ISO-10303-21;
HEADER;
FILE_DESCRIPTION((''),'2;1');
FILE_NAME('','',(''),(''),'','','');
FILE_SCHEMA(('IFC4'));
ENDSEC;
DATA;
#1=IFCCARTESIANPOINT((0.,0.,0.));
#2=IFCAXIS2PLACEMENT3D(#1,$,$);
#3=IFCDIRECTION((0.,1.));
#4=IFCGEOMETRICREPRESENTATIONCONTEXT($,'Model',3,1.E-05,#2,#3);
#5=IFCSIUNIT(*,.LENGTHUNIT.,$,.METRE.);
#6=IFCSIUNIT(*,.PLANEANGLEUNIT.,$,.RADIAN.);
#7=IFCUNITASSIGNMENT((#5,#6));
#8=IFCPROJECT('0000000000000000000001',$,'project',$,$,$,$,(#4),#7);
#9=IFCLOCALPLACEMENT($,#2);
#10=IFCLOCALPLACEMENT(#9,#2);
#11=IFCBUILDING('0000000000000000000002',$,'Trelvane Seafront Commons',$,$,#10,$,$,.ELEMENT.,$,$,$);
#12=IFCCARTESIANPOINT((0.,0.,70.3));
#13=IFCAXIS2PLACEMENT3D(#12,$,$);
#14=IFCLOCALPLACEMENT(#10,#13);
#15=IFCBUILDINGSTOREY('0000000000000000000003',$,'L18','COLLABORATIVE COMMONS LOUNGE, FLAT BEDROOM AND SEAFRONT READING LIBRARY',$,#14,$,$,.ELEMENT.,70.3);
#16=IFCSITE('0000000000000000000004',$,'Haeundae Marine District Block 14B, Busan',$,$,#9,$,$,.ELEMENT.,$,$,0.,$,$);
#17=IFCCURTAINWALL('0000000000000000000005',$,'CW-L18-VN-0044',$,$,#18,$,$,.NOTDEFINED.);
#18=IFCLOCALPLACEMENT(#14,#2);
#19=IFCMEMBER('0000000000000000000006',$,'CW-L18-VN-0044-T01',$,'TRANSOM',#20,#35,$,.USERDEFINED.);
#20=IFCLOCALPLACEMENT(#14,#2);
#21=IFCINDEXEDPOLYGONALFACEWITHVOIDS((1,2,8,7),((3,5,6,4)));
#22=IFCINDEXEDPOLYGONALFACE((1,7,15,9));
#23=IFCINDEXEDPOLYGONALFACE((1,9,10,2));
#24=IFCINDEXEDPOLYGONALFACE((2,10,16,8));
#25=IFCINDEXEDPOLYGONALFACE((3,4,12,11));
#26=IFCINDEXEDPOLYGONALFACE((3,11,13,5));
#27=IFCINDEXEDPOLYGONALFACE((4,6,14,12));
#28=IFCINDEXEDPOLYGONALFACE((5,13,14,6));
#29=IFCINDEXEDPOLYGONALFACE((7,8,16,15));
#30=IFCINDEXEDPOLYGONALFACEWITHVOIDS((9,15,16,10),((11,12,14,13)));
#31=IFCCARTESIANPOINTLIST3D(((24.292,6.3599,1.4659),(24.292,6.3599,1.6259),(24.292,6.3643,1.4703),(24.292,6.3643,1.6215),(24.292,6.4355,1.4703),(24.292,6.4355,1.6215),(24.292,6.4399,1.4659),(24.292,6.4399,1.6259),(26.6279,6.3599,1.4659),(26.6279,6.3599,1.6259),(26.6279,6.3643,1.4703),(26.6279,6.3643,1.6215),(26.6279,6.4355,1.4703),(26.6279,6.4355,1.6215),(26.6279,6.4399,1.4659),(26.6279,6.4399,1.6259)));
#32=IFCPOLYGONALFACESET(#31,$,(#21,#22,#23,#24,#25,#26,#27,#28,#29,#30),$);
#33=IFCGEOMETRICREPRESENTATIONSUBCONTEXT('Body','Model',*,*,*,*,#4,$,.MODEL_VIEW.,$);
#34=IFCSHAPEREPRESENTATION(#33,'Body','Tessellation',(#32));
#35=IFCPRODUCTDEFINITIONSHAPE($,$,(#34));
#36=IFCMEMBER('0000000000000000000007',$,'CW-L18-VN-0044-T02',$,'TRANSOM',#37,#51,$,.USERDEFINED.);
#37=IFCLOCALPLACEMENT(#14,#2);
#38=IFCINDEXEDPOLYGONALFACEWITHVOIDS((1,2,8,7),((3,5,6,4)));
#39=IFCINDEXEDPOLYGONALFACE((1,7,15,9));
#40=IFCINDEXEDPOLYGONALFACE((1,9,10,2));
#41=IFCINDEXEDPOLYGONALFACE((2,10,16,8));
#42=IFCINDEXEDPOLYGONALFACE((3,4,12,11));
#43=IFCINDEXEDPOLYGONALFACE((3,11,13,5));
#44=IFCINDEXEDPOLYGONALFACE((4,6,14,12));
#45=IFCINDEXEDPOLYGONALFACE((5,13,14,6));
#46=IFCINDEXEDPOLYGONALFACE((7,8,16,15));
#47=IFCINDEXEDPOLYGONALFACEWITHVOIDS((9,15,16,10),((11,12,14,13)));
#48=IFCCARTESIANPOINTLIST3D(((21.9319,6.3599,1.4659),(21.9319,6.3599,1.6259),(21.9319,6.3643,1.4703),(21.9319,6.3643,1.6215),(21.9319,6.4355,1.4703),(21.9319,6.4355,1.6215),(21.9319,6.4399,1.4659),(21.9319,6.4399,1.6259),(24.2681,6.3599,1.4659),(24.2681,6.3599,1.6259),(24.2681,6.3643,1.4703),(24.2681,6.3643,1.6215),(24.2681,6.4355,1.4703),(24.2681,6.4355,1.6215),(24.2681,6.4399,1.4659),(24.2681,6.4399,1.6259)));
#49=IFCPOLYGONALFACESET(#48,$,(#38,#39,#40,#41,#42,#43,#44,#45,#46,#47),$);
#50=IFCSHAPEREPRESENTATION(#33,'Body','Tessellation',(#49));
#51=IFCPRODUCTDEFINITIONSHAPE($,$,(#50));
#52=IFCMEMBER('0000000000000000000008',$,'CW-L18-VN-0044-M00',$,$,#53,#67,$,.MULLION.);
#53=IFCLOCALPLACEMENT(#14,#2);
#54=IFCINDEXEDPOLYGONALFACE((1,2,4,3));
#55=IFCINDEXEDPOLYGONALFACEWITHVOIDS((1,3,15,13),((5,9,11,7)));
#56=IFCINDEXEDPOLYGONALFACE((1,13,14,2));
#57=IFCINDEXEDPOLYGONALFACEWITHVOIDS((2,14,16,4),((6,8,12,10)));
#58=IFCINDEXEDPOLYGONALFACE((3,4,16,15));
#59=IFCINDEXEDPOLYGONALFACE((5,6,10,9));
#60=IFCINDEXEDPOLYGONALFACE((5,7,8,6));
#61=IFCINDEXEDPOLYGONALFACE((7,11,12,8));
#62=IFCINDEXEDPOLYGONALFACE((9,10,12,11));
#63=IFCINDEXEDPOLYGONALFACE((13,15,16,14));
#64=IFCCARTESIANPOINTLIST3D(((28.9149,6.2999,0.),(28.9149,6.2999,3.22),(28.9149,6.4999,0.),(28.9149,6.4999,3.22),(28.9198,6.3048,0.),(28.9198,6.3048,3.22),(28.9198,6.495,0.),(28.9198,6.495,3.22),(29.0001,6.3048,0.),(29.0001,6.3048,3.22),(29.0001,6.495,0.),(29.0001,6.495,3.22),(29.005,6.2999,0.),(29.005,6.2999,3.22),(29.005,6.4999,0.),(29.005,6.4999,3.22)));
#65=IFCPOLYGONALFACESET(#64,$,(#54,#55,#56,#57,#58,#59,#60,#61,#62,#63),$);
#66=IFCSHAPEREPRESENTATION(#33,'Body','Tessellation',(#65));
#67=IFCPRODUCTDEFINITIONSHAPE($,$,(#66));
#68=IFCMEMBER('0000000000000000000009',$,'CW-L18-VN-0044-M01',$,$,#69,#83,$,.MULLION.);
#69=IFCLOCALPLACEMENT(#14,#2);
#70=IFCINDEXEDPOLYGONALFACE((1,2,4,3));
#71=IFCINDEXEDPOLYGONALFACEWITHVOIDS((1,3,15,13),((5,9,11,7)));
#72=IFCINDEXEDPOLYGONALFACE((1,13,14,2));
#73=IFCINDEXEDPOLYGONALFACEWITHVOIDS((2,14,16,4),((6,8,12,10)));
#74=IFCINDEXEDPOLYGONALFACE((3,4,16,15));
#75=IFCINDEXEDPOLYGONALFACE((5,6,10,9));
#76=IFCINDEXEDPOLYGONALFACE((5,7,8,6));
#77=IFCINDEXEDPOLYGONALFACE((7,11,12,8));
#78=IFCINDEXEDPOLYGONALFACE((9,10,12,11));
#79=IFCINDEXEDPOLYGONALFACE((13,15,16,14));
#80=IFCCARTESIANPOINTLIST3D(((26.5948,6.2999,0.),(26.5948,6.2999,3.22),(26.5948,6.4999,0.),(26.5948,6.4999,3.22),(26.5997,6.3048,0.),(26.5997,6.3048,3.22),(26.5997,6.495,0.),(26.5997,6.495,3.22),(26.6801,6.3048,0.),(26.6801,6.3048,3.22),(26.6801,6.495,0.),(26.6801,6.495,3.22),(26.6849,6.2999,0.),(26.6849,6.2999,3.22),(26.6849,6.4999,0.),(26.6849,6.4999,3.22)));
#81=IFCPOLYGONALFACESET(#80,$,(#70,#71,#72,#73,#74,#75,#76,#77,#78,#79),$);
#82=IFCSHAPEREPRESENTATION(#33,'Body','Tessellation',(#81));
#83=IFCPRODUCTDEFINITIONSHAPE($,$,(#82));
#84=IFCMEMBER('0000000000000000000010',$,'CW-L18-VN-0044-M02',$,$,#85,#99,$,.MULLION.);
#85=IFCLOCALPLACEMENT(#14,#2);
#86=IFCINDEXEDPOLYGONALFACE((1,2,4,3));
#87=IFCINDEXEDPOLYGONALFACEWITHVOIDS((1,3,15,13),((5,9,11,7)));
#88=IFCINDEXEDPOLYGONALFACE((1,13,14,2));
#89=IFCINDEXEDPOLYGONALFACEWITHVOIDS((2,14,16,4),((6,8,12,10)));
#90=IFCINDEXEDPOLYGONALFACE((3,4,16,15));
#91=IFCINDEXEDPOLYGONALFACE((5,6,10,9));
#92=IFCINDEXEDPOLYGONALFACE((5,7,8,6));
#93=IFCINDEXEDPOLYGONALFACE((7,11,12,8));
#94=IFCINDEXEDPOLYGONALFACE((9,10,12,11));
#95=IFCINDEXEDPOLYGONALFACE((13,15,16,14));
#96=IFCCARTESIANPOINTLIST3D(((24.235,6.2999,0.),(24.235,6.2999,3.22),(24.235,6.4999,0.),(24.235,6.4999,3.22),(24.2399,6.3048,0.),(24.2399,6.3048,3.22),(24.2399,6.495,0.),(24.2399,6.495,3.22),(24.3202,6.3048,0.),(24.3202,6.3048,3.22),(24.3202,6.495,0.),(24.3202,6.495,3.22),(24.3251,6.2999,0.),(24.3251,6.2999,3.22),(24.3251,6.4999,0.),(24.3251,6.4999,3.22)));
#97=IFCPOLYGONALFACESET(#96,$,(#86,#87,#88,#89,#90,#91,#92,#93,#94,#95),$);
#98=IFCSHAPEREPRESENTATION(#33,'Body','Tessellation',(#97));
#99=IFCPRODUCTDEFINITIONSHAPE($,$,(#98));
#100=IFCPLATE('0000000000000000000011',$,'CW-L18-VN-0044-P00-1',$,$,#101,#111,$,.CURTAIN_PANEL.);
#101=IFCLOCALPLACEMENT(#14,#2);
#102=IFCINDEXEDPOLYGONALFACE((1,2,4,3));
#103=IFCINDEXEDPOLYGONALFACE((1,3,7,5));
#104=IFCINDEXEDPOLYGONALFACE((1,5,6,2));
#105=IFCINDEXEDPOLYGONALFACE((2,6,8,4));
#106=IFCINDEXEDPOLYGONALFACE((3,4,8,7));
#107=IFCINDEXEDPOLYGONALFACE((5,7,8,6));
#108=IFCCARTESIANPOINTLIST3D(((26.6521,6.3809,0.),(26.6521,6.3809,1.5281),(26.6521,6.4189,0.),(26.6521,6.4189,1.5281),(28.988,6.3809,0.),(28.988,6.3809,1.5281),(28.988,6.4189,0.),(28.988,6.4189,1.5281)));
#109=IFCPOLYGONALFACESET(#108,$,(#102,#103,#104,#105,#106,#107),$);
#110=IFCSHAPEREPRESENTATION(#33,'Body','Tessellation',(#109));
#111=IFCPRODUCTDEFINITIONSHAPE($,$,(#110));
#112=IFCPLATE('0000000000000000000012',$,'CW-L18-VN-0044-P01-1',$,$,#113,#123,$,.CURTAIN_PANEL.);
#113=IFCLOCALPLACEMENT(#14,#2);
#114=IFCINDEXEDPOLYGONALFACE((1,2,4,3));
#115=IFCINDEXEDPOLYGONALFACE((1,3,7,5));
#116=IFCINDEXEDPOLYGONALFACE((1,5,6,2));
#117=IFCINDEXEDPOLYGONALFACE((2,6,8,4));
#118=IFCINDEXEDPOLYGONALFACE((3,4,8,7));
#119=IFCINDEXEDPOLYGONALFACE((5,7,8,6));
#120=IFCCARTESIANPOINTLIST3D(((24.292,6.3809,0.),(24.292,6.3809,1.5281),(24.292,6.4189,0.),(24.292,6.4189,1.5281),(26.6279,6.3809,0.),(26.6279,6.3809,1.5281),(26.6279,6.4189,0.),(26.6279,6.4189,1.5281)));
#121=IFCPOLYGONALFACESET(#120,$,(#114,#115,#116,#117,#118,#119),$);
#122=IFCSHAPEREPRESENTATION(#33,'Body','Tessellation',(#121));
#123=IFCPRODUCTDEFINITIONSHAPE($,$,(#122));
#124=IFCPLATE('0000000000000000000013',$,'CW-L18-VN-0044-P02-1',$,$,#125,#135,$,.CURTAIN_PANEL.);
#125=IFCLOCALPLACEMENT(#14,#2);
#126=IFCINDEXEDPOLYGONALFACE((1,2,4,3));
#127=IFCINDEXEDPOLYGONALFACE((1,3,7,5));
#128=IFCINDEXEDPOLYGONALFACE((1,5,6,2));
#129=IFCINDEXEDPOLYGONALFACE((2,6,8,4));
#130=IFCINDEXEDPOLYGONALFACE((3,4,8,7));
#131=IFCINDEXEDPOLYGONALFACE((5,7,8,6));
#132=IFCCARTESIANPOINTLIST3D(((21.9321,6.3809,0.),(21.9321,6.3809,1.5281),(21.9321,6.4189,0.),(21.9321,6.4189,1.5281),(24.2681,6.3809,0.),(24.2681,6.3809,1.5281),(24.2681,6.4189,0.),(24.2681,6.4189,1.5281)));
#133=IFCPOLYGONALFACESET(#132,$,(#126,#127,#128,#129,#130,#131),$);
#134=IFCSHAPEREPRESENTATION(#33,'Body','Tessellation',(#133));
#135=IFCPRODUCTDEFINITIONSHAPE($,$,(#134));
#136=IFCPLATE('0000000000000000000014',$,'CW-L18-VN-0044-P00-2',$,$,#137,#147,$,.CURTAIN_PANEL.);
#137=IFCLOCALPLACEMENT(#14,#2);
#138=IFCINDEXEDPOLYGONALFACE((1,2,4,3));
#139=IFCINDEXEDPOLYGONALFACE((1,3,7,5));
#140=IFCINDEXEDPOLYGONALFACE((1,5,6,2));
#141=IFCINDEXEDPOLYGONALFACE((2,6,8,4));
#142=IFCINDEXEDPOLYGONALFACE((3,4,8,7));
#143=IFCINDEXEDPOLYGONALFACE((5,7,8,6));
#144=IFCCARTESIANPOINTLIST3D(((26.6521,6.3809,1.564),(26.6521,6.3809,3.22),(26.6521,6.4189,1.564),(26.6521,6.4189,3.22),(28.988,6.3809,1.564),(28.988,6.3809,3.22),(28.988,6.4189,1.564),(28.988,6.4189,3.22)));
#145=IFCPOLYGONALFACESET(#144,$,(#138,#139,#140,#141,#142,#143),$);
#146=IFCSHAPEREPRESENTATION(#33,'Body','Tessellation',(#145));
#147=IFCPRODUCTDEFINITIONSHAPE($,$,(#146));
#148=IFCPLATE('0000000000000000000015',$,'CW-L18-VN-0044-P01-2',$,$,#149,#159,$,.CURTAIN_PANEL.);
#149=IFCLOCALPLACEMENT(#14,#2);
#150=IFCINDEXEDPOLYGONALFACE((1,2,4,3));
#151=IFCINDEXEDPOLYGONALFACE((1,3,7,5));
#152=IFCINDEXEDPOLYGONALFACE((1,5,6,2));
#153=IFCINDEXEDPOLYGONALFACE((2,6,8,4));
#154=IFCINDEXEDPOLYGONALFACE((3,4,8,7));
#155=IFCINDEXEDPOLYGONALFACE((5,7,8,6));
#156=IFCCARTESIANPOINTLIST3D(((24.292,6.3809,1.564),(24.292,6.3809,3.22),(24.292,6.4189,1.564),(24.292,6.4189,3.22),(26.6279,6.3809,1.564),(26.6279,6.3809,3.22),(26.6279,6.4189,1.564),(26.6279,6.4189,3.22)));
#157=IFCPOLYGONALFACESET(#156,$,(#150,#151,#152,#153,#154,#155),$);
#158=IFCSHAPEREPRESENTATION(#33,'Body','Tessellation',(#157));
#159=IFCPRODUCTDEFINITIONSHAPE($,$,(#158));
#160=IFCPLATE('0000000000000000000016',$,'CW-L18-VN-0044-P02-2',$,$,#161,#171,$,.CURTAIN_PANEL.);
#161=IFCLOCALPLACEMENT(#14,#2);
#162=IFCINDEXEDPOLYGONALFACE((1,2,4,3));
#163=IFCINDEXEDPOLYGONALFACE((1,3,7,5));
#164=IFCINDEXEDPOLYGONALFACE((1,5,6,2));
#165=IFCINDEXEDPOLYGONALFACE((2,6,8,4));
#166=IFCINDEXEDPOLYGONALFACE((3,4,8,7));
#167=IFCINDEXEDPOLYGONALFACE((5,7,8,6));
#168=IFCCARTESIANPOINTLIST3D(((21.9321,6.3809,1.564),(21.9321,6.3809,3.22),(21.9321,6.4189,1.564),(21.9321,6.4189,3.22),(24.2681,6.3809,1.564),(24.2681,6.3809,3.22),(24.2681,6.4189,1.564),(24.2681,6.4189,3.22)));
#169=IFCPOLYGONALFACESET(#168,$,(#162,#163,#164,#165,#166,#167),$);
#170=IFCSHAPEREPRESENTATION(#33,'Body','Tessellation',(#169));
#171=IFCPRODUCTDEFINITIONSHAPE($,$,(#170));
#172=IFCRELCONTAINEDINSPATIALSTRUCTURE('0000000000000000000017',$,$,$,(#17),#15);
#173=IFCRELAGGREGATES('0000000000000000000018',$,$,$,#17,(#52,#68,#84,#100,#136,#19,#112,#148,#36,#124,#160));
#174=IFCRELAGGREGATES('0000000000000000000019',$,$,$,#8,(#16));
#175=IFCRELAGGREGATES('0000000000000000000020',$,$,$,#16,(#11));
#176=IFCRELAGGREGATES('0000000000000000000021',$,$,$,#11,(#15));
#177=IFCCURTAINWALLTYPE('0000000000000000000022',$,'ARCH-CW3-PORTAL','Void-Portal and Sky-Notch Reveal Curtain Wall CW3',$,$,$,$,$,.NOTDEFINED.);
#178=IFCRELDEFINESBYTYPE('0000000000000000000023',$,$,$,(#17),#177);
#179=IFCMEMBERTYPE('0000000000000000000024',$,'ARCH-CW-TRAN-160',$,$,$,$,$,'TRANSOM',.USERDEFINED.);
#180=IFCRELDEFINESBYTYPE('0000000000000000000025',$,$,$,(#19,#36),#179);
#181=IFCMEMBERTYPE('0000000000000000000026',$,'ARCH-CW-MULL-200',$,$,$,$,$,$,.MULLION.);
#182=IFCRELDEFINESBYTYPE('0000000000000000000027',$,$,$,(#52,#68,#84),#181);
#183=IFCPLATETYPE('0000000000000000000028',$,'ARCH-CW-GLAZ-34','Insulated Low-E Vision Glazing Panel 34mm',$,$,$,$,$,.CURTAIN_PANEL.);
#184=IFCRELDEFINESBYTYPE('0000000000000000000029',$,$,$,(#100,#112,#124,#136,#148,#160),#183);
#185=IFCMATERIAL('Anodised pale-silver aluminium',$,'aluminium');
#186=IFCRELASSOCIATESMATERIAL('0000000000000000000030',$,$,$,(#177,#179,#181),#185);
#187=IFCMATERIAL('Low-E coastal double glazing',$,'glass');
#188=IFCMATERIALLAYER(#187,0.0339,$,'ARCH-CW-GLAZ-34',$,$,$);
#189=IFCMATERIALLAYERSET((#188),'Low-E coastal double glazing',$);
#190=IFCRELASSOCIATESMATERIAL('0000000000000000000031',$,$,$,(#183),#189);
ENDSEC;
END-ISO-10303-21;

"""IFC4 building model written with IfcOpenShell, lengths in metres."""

from ifc_helpers import new_model, si_unit, direction, frame, origin, origin_2d, place, context, subcontext, project, spatial, rectangle, hollow_rectangle, extrude, source, transform, mapped, material, layer, layer_set, material_profile, profile_set, type_object, element, aggregate, save


model = new_model("IFC4")

# Units and contexts
model_context = context("Model", 3, precision=1e-05, world=origin(), true_north=direction((0.0, 1.0)))
body_context = subcontext(model_context, "Body", "Model", "MODEL_VIEW")
ifc_project = project(units=[si_unit("LENGTHUNIT", "METRE"), si_unit("PLANEANGLEUNIT", "RADIAN")], contexts=[model_context])

# Site, building, storey
site_placement = place(None, origin())
site = spatial("IfcSite", under=ifc_project, at=site_placement, Name="Haeundae Marine District Block 14B, Busan", CompositionType="ELEMENT", RefElevation=0.0)
building_placement = place(site_placement, origin())
building = spatial("IfcBuilding", under=site, at=building_placement, Name="Trelvane Seafront Commons", CompositionType="ELEMENT")
storey_placement = place(building_placement, frame((0.0, 0.0, 70.3)))
storey = spatial("IfcBuildingStorey", under=building, at=storey_placement, Name="L18", Description="COLLABORATIVE COMMONS LOUNGE, FLAT BEDROOM AND SEAFRONT READING LIBRARY", CompositionType="ELEMENT", Elevation=70.3)

# Curtain wall, members, plates
ifc_material_1 = material(Name="Anodised pale-silver aluminium", Category="aluminium")
curtain_wall_type = type_object("IfcCurtainWallType", Name="ARCH-CW3-PORTAL", Description="Void-Portal and Sky-Notch Reveal Curtain Wall CW3", PredefinedType="NOTDEFINED", material=ifc_material_1)
curtain_wall_placement = place(storey_placement, origin())
curtain_wall = element("IfcCurtainWall", 1, at=curtain_wall_placement, inside=storey, type_object=curtain_wall_type, Name="CW-L18-VN-0044", PredefinedType="NOTDEFINED")
ifc_material_profile_1 = material_profile(ifc_material_1, hollow_rectangle(XDim=0.0801, YDim=0.1599, WallThickness=0.0044, at=origin_2d()), Name="TRAN-80x160x4.5")
ifc_profile_set_1 = profile_set([ifc_material_profile_1], Name="Anodised pale-silver aluminium")
member_type_1 = type_object("IfcMemberType", Name="ARCH-CW-TRAN-160", ElementType="TRANSOM", PredefinedType="USERDEFINED", material=ifc_profile_set_1)
shared_shape_1 = source(origin(), body_context, "Body", "SweptSolid", [
    extrude(hollow_rectangle(XDim=0.0801, YDim=0.1599, WallThickness=0.0044, at=origin_2d()), origin(), (0.0, 0.0, 1.0), 2.3359),
])
member_1_placement = place(storey_placement, frame((26.6279, 6.3999, 1.5459), z_axis=(-1.0, 0.0, 0.0), x_axis=(0.0, -1.0, 0.0)))
member_1 = element("IfcMember", 2, at=member_1_placement, type_object=member_type_1, Name="CW-L18-VN-0044-T01", ObjectType="TRANSOM", PredefinedType="USERDEFINED", context=body_context, shape_type="MappedRepresentation", body=[
    mapped(shared_shape_1, transform((0.0, 0.0, 0.0), x_axis=(1.0, 0.0, 0.0), y_axis=(0.0, 1.0, 0.0), z_axis=(0.0, 0.0, 1.0), scale=1.0)),
])
shared_shape_2 = source(origin(), body_context, "Body", "SweptSolid", [
    extrude(hollow_rectangle(XDim=0.0801, YDim=0.1599, WallThickness=0.0044, at=origin_2d()), origin(), (0.0, 0.0, 1.0), 2.3362),
])
member_2_placement = place(storey_placement, frame((24.2681, 6.3999, 1.5459), z_axis=(-1.0, 0.0, 0.0), x_axis=(0.0, -1.0, 0.0)))
member_2 = element("IfcMember", 3, at=member_2_placement, type_object=member_type_1, Name="CW-L18-VN-0044-T02", ObjectType="TRANSOM", PredefinedType="USERDEFINED", context=body_context, shape_type="MappedRepresentation", body=[
    mapped(shared_shape_2, transform((0.0, 0.0, 0.0), x_axis=(1.0, 0.0, 0.0), y_axis=(0.0, 1.0, 0.0), z_axis=(0.0, 0.0, 1.0), scale=1.0)),
])
ifc_material_profile_2 = material_profile(ifc_material_1, hollow_rectangle(XDim=0.0901, YDim=0.2, WallThickness=0.0049, at=origin_2d()), Name="MULL-90x200x5")
ifc_profile_set_2 = profile_set([ifc_material_profile_2], Name="Anodised pale-silver aluminium")
member_type_2 = type_object("IfcMemberType", Name="ARCH-CW-MULL-200", PredefinedType="MULLION", material=ifc_profile_set_2)
shared_shape_3 = source(origin(), body_context, "Body", "SweptSolid", [
    extrude(hollow_rectangle(XDim=0.0901, YDim=0.2, WallThickness=0.0049, at=origin_2d()), origin(), (0.0, 0.0, 1.0), 3.22),
])
member_3_placement = place(storey_placement, frame((28.96, 6.3999, 0.0), z_axis=(0.0, 0.0, 1.0), x_axis=(1.0, 0.0, 0.0)))
member_3 = element("IfcMember", 4, at=member_3_placement, type_object=member_type_2, Name="CW-L18-VN-0044-M00", PredefinedType="MULLION", context=body_context, shape_type="MappedRepresentation", body=[
    mapped(shared_shape_3, transform((0.0, 0.0, 0.0), x_axis=(1.0, 0.0, 0.0), y_axis=(0.0, 1.0, 0.0), z_axis=(0.0, 0.0, 1.0), scale=1.0)),
])
member_4_placement = place(storey_placement, frame((26.6399, 6.3999, 0.0), z_axis=(0.0, 0.0, 1.0), x_axis=(1.0, 0.0, 0.0)))
member_4 = element("IfcMember", 5, at=member_4_placement, type_object=member_type_2, Name="CW-L18-VN-0044-M01", PredefinedType="MULLION", context=body_context, shape_type="MappedRepresentation", body=[
    mapped(shared_shape_3, transform((0.0, 0.0, 0.0), x_axis=(1.0, 0.0, 0.0), y_axis=(0.0, 1.0, 0.0), z_axis=(0.0, 0.0, 1.0), scale=1.0)),
])
member_5_placement = place(storey_placement, frame((24.28, 6.3999, 0.0), z_axis=(0.0, 0.0, 1.0), x_axis=(1.0, 0.0, 0.0)))
member_5 = element("IfcMember", 6, at=member_5_placement, type_object=member_type_2, Name="CW-L18-VN-0044-M02", PredefinedType="MULLION", context=body_context, shape_type="MappedRepresentation", body=[
    mapped(shared_shape_3, transform((0.0, 0.0, 0.0), x_axis=(1.0, 0.0, 0.0), y_axis=(0.0, 1.0, 0.0), z_axis=(0.0, 0.0, 1.0), scale=1.0)),
])
ifc_material_2 = material(Name="Low-E coastal double glazing", Category="glass")
ifc_layer_1 = layer(ifc_material_2, 0.0339, Name="ARCH-CW-GLAZ-34")
ifc_layer_set_1 = layer_set([ifc_layer_1], Name="Low-E coastal double glazing")
plate_type = type_object("IfcPlateType", Name="ARCH-CW-GLAZ-34", Description="Insulated Low-E Vision Glazing Panel 34mm", PredefinedType="CURTAIN_PANEL", material=ifc_layer_set_1)
shared_shape_4 = source(origin(), body_context, "Body", "SweptSolid", [
    extrude(rectangle(XDim=2.3359, YDim=0.0381, at=origin_2d()), origin(), (0.0, 0.0, 1.0), 1.5281),
])
plate_1_placement = place(storey_placement, frame((27.8201, 6.3999, 0.0), z_axis=(0.0, 0.0, 1.0), x_axis=(-1.0, 0.0, 0.0)))
plate_1 = element("IfcPlate", 7, at=plate_1_placement, type_object=plate_type, Name="CW-L18-VN-0044-P00-1", PredefinedType="CURTAIN_PANEL", context=body_context, shape_type="MappedRepresentation", body=[
    mapped(shared_shape_4, transform((0.0, 0.0, 0.0), x_axis=(1.0, 0.0, 0.0), y_axis=(0.0, 1.0, 0.0), z_axis=(0.0, 0.0, 1.0), scale=1.0)),
])
plate_2_placement = place(storey_placement, frame((25.46, 6.3999, 0.0), z_axis=(0.0, 0.0, 1.0), x_axis=(-1.0, 0.0, 0.0)))
plate_2 = element("IfcPlate", 8, at=plate_2_placement, type_object=plate_type, Name="CW-L18-VN-0044-P01-1", PredefinedType="CURTAIN_PANEL", context=body_context, shape_type="MappedRepresentation", body=[
    mapped(shared_shape_4, transform((0.0, 0.0, 0.0), x_axis=(1.0, 0.0, 0.0), y_axis=(0.0, 1.0, 0.0), z_axis=(0.0, 0.0, 1.0), scale=1.0)),
])
plate_3_placement = place(storey_placement, frame((23.1001, 6.3999, 0.0), z_axis=(0.0, 0.0, 1.0), x_axis=(-1.0, 0.0, 0.0)))
plate_3 = element("IfcPlate", 9, at=plate_3_placement, type_object=plate_type, Name="CW-L18-VN-0044-P02-1", PredefinedType="CURTAIN_PANEL", context=body_context, shape_type="MappedRepresentation", body=[
    mapped(shared_shape_4, transform((0.0, 0.0, 0.0), x_axis=(1.0, 0.0, 0.0), y_axis=(0.0, 1.0, 0.0), z_axis=(0.0, 0.0, 1.0), scale=1.0)),
])
shared_shape_5 = source(origin(), body_context, "Body", "SweptSolid", [
    extrude(rectangle(XDim=2.3359, YDim=0.0381, at=origin_2d()), origin(), (0.0, 0.0, 1.0), 1.656),
])
plate_4_placement = place(storey_placement, frame((27.8201, 6.3999, 1.564), z_axis=(0.0, 0.0, 1.0), x_axis=(-1.0, 0.0, 0.0)))
plate_4 = element("IfcPlate", 10, at=plate_4_placement, type_object=plate_type, Name="CW-L18-VN-0044-P00-2", PredefinedType="CURTAIN_PANEL", context=body_context, shape_type="MappedRepresentation", body=[
    mapped(shared_shape_5, transform((0.0, 0.0, 0.0), x_axis=(1.0, 0.0, 0.0), y_axis=(0.0, 1.0, 0.0), z_axis=(0.0, 0.0, 1.0), scale=1.0)),
])
plate_5_placement = place(storey_placement, frame((25.46, 6.3999, 1.564), z_axis=(0.0, 0.0, 1.0), x_axis=(-1.0, 0.0, 0.0)))
plate_5 = element("IfcPlate", 11, at=plate_5_placement, type_object=plate_type, Name="CW-L18-VN-0044-P01-2", PredefinedType="CURTAIN_PANEL", context=body_context, shape_type="MappedRepresentation", body=[
    mapped(shared_shape_5, transform((0.0, 0.0, 0.0), x_axis=(1.0, 0.0, 0.0), y_axis=(0.0, 1.0, 0.0), z_axis=(0.0, 0.0, 1.0), scale=1.0)),
])
plate_6_placement = place(storey_placement, frame((23.1001, 6.3999, 1.564), z_axis=(0.0, 0.0, 1.0), x_axis=(-1.0, 0.0, 0.0)))
plate_6 = element("IfcPlate", 12, at=plate_6_placement, type_object=plate_type, Name="CW-L18-VN-0044-P02-2", PredefinedType="CURTAIN_PANEL", context=body_context, shape_type="MappedRepresentation", body=[
    mapped(shared_shape_5, transform((0.0, 0.0, 0.0), x_axis=(1.0, 0.0, 0.0), y_axis=(0.0, 1.0, 0.0), z_axis=(0.0, 0.0, 1.0), scale=1.0)),
])
aggregate(curtain_wall, [member_3, member_4, member_5, plate_1, plate_4, member_1, plate_2, plate_5, member_2, plate_3, plate_6])

save(model, "model.ifc")
